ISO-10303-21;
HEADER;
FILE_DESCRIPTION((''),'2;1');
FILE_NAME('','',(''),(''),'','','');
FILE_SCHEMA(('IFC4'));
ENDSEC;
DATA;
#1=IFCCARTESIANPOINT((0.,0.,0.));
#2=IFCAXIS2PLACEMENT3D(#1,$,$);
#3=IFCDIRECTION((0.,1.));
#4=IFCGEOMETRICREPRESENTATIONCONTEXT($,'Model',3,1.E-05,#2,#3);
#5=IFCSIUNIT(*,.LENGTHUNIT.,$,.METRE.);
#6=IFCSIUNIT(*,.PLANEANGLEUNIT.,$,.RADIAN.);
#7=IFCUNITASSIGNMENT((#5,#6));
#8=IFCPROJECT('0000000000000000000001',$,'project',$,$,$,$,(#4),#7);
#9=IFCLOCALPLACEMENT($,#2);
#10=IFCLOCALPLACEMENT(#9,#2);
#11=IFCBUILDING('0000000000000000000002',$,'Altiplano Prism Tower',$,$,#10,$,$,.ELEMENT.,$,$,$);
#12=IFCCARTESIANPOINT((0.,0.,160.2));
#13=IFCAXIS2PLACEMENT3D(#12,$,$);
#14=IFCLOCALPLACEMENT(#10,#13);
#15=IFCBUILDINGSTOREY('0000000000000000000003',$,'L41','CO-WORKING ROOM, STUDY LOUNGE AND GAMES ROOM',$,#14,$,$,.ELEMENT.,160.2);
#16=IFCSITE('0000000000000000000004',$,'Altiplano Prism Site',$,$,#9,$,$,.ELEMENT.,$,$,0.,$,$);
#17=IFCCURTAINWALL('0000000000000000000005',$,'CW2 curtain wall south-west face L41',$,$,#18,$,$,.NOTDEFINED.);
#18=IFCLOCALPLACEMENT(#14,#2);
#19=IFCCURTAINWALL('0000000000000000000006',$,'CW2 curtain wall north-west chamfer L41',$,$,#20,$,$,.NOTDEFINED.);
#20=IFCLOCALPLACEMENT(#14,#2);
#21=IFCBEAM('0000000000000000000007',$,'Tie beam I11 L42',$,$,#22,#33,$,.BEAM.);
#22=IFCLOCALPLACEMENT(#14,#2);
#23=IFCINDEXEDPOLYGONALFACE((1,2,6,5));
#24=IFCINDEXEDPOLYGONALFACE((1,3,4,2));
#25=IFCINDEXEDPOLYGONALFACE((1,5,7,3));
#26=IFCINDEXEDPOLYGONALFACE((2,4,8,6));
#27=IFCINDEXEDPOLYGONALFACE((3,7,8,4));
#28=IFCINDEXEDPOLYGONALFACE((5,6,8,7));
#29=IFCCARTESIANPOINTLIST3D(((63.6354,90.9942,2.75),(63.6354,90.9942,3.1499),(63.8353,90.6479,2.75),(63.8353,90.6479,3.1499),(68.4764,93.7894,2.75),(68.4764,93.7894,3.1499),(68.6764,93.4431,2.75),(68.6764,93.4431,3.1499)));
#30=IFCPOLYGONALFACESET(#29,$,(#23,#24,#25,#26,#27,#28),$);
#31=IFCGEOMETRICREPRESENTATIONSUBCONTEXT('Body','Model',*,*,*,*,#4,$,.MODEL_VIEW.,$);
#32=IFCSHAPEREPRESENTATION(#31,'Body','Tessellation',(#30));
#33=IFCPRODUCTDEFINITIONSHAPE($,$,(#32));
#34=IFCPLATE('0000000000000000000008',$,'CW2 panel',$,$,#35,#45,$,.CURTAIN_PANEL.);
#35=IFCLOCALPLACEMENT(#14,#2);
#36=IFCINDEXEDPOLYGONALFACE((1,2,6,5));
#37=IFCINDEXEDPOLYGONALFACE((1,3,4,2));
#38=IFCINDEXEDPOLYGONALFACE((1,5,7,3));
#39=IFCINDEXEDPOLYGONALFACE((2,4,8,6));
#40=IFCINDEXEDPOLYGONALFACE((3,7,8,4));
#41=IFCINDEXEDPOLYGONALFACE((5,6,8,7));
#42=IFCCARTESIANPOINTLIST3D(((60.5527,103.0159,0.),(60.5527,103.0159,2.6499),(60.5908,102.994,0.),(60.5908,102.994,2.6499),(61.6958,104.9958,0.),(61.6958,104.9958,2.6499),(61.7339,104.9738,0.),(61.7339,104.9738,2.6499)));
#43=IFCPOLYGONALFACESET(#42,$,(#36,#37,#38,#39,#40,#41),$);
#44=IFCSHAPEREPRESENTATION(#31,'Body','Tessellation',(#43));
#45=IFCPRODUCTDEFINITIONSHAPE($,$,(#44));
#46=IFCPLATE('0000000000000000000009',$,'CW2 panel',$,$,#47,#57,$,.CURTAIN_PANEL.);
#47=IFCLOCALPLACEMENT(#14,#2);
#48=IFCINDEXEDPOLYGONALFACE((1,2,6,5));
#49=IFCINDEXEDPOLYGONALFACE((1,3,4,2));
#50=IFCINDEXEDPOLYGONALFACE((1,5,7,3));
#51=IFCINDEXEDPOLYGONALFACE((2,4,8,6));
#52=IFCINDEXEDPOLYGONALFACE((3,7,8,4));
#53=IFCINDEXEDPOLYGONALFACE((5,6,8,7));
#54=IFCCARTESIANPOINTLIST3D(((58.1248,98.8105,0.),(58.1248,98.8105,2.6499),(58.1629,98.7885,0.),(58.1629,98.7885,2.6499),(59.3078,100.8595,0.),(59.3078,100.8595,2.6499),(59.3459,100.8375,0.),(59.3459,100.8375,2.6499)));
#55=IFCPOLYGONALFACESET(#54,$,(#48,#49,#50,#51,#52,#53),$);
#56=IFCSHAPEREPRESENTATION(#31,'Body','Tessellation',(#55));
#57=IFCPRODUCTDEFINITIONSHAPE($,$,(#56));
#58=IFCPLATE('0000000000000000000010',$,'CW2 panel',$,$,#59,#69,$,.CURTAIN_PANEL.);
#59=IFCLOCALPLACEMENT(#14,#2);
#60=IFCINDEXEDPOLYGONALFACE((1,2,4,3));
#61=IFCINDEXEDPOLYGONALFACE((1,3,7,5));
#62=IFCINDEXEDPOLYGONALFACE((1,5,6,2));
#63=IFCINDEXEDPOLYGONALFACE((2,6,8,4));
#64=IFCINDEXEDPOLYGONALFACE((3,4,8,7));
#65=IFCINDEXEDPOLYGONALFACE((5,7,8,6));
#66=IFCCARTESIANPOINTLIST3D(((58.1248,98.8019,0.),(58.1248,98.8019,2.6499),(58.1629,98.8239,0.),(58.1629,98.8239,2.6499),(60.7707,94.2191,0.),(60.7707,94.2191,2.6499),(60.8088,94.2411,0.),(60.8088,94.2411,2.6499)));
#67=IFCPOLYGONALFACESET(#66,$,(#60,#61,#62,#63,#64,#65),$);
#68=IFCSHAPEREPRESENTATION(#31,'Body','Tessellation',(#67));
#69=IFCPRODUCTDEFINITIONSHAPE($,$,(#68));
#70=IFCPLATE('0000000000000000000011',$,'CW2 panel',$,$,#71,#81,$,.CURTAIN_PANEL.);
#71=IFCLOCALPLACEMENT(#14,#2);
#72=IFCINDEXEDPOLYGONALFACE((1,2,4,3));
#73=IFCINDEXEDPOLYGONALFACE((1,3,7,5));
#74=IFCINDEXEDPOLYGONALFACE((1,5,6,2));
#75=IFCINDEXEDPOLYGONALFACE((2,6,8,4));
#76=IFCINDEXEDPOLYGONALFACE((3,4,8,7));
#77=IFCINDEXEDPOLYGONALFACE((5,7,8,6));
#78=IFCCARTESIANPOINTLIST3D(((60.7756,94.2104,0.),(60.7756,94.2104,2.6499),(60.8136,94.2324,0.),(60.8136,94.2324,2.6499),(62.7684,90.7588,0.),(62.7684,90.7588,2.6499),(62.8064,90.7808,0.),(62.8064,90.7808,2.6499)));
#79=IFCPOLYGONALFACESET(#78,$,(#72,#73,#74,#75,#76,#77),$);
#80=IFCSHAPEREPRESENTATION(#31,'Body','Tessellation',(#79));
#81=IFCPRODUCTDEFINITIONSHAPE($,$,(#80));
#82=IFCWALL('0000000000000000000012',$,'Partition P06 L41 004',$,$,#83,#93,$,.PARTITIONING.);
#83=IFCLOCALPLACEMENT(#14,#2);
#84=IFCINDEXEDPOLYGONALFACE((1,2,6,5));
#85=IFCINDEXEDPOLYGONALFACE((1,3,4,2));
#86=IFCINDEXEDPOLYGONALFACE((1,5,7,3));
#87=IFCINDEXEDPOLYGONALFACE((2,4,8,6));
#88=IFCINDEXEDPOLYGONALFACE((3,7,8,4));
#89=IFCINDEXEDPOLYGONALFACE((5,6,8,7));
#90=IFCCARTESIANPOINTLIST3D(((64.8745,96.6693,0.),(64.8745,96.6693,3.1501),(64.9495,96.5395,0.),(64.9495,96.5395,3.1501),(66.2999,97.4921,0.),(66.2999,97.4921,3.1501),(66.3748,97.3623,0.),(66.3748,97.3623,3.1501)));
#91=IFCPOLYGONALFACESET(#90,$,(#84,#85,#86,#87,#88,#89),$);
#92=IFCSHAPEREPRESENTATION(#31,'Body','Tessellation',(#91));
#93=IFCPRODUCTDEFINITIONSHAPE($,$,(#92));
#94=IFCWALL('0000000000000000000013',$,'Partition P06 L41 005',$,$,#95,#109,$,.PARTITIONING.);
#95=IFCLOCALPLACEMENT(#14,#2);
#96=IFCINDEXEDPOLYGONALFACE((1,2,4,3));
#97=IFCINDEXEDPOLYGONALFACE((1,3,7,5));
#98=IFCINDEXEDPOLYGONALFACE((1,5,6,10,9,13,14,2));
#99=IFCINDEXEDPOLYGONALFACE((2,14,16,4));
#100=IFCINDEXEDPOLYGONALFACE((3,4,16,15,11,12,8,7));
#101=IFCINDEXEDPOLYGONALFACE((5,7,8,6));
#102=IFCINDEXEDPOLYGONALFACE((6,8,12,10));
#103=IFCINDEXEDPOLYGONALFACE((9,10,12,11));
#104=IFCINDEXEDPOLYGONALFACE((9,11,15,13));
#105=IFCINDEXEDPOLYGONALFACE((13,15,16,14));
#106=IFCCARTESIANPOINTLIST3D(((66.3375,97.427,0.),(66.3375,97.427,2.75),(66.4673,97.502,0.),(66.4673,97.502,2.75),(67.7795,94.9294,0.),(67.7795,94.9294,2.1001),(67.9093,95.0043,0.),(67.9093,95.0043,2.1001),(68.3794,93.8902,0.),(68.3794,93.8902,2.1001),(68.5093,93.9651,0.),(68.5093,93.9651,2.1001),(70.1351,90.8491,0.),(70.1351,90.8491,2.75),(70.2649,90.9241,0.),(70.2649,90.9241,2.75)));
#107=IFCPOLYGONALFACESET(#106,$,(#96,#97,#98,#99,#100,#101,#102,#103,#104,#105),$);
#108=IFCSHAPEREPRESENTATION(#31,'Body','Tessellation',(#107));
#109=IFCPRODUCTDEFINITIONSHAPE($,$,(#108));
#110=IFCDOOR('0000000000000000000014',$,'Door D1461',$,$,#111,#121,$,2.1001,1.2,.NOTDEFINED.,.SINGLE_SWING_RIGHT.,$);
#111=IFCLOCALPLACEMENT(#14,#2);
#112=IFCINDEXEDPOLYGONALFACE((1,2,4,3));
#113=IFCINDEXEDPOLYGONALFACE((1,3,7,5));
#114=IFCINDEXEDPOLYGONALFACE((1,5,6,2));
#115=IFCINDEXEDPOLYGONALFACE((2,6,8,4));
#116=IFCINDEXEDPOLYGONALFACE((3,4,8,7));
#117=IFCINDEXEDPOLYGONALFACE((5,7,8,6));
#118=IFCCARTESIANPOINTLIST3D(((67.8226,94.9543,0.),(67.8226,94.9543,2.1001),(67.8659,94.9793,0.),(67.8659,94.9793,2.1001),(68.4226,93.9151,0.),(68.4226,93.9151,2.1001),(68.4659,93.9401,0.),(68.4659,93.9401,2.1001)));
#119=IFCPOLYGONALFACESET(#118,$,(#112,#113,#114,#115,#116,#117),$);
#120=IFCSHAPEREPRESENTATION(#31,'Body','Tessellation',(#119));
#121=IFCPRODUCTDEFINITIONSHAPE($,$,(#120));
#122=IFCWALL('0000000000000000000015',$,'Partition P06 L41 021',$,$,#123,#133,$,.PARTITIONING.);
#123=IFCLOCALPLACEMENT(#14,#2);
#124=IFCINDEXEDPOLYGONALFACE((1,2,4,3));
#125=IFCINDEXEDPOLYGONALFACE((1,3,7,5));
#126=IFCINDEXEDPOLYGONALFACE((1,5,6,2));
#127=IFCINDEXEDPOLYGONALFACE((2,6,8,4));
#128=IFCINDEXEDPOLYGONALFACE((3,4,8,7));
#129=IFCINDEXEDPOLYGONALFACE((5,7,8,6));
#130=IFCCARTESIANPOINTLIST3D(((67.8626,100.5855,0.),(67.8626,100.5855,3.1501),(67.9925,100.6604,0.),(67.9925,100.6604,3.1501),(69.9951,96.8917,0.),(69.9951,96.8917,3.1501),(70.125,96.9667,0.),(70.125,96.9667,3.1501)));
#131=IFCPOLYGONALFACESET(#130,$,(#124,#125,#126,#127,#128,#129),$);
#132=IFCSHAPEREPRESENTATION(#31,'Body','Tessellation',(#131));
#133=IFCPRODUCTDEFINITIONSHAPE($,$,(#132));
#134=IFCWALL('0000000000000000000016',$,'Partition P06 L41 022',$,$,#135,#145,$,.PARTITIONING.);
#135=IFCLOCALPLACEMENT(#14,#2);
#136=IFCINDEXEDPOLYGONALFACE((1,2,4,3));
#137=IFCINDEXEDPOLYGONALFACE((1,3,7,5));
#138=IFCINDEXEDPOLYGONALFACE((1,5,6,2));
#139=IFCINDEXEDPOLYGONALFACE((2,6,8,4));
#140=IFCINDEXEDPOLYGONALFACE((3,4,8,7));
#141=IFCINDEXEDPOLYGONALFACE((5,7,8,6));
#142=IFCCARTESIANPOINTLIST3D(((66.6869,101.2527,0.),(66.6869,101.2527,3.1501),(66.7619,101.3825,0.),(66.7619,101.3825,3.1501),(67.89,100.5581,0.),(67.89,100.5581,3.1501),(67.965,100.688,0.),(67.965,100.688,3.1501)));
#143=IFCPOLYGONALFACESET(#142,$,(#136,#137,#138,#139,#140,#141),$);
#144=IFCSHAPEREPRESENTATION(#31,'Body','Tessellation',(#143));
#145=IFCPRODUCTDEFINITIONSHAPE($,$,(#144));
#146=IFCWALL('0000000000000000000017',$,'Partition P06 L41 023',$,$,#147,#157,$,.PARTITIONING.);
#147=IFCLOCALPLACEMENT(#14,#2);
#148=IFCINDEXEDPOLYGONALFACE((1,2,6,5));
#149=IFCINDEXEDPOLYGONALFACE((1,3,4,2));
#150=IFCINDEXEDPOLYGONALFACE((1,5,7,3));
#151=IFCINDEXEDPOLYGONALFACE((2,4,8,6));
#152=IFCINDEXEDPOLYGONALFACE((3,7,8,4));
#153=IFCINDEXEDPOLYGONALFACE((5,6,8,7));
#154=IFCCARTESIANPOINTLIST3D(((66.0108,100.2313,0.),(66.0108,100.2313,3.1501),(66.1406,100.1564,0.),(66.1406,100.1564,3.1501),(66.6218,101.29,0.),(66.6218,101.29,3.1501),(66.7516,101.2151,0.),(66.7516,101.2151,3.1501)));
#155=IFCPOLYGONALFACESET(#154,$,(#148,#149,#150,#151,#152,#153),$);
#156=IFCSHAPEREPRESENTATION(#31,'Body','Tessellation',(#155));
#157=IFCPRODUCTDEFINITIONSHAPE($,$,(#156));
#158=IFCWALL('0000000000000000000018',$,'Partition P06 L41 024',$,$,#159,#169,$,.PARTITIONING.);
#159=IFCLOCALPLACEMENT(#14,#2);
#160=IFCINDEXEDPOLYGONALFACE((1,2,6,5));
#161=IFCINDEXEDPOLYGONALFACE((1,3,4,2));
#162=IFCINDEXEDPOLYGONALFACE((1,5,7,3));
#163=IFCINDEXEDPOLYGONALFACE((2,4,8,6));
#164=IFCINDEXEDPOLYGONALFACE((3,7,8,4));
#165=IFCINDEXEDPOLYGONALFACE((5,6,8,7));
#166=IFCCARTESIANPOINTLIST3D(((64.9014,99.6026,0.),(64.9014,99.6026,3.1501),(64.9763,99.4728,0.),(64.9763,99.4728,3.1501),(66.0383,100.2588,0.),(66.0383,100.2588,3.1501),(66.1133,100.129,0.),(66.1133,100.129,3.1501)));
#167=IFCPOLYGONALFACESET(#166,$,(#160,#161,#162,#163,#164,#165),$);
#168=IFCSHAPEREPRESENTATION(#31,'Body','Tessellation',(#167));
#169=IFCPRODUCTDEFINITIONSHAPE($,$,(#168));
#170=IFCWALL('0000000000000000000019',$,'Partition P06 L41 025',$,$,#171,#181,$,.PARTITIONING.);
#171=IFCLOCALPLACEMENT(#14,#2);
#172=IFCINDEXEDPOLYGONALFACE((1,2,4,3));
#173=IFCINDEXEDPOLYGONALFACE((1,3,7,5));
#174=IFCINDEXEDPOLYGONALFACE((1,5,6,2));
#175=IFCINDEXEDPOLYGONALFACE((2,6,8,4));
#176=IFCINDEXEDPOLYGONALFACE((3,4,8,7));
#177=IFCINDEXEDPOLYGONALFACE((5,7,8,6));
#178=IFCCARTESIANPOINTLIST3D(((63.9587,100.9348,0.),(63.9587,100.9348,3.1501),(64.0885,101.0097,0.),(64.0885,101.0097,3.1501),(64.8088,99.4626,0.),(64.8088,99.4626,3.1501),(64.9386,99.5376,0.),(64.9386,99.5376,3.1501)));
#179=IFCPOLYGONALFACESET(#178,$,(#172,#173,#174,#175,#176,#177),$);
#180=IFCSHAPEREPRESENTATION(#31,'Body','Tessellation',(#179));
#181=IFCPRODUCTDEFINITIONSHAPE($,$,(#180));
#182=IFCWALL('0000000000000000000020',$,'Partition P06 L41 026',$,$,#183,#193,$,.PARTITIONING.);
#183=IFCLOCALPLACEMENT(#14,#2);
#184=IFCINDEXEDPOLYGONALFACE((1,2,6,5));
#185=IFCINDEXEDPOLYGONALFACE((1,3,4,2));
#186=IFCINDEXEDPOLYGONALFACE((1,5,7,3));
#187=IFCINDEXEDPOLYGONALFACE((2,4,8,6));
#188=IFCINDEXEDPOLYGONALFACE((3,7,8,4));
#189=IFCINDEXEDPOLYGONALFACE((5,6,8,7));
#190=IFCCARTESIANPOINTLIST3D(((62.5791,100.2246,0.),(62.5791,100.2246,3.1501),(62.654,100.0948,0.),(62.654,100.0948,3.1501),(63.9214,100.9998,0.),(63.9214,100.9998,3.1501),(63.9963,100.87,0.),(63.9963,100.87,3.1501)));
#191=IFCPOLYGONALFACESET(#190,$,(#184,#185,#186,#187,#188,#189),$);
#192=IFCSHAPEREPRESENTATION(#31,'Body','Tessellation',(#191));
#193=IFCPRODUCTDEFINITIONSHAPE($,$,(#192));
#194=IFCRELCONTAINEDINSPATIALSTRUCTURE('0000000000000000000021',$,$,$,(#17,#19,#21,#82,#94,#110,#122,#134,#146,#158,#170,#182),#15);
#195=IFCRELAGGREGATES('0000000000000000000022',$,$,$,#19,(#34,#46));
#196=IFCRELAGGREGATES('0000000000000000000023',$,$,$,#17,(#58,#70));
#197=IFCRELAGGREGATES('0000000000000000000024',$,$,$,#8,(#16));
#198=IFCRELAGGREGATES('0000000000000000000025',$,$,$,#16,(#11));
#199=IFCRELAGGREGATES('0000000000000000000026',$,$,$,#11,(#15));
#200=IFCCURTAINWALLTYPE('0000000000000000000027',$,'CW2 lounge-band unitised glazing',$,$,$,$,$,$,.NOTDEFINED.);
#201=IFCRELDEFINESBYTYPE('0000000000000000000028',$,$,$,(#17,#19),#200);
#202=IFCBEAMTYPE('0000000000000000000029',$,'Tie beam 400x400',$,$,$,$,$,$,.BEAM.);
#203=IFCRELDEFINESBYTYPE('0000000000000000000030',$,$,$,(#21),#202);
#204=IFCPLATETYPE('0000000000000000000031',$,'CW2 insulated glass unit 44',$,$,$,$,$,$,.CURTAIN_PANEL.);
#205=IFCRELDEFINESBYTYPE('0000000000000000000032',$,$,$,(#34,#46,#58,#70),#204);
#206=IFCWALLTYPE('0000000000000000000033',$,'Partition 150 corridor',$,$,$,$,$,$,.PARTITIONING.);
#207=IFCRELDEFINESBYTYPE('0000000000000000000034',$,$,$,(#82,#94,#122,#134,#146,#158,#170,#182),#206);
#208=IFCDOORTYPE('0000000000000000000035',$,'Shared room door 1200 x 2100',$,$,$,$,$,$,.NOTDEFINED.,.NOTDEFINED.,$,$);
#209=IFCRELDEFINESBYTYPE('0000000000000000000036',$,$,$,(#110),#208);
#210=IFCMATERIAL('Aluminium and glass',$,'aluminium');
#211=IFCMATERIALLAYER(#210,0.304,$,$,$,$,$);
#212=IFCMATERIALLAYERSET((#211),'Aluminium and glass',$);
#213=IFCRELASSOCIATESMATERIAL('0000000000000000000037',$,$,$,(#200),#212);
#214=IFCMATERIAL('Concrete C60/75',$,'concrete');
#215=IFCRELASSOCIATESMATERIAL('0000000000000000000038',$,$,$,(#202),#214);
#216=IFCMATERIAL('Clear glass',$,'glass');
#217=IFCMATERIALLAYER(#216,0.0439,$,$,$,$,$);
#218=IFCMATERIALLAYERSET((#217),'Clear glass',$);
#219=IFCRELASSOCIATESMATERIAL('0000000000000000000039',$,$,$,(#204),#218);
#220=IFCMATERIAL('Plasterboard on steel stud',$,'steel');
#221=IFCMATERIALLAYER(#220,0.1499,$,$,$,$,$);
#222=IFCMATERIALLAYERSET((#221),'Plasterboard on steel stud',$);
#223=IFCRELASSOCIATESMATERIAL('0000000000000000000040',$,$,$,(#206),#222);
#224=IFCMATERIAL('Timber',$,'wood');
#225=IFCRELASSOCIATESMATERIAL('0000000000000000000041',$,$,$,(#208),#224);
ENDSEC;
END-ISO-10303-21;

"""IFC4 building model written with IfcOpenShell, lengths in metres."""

from ifc_helpers import new_model, si_unit, direction, frame, frame_2d, origin, origin_2d, place, context, subcontext, project, spatial, rectangle, extrude, material, layer, layer_set, material_profile, profile_set, type_object, element, fill, aggregate, save


model = new_model("IFC4")

# Units and contexts
model_context = context("Model", 3, precision=1e-05, world=origin(), true_north=direction((0.0, 1.0)))
body_context = subcontext(model_context, "Body", "Model", "MODEL_VIEW")
ifc_project = project(units=[si_unit("LENGTHUNIT", "METRE"), si_unit("PLANEANGLEUNIT", "RADIAN")], contexts=[model_context])

# Site, building, storey
site_placement = place(None, origin())
site = spatial("IfcSite", under=ifc_project, at=site_placement, Name="Altiplano Prism Site", CompositionType="ELEMENT", RefElevation=0.0)
building_placement = place(site_placement, origin())
building = spatial("IfcBuilding", under=site, at=building_placement, Name="Altiplano Prism Tower", CompositionType="ELEMENT")
storey_placement = place(building_placement, frame((0.0, 0.0, 160.2)))
storey = spatial("IfcBuildingStorey", under=building, at=storey_placement, Name="L41", Description="CO-WORKING ROOM, STUDY LOUNGE AND GAMES ROOM", CompositionType="ELEMENT", Elevation=160.2)

# Shared definitions
ifc_material_1 = material(Name="Concrete C60/75", Category="concrete")

# Curtain wall
ifc_material_2 = material(Name="Aluminium and glass", Category="aluminium")
ifc_layer_1 = layer(ifc_material_2, 0.304)
ifc_layer_set_1 = layer_set([ifc_layer_1], Name="Aluminium and glass")
curtain_wall_type = type_object("IfcCurtainWallType", Name="CW2 lounge-band unitised glazing", PredefinedType="NOTDEFINED", material=ifc_layer_set_1)
curtain_wall_1_placement = place(storey_placement, origin())
curtain_wall_1 = element("IfcCurtainWall", 1, at=curtain_wall_1_placement, inside=storey, type_object=curtain_wall_type, Name="CW2 curtain wall south-west face L41", PredefinedType="NOTDEFINED")

# Curtain wall
curtain_wall_2_placement = place(storey_placement, origin())
curtain_wall_2 = element("IfcCurtainWall", 2, at=curtain_wall_2_placement, inside=storey, type_object=curtain_wall_type, Name="CW2 curtain wall north-west chamfer L41", PredefinedType="NOTDEFINED")

# Beam
ifc_material_profile_1 = material_profile(ifc_material_1, rectangle(XDim=0.3999, YDim=0.3999, at=origin_2d()), Name="Tie beam 400x400")
ifc_profile_set_1 = profile_set([ifc_material_profile_1], Name="Concrete C60/75")
beam_type_1 = type_object("IfcBeamType", Name="Tie beam 400x400", PredefinedType="BEAM", material=ifc_profile_set_1)
beam_1_placement = place(storey_placement, frame((68.5764, 93.6162, 2.95), z_axis=(-0.866012, -0.500024, 0.0), x_axis=(0.500024, -0.866012, 0.0)))
element("IfcBeam", 3, at=beam_1_placement, inside=storey, type_object=beam_type_1, Name="Tie beam I11 L42", PredefinedType="BEAM", context=body_context, shape_type="SweptSolid", body=[
    extrude(rectangle(XDim=0.3999, YDim=0.3999, at=origin_2d()), origin(), (0.0, 0.0, 1.0), 5.5901),
])

# Plates
ifc_material_3 = material(Name="Clear glass", Category="glass")
ifc_layer_2 = layer(ifc_material_3, 0.0439)
ifc_layer_set_2 = layer_set([ifc_layer_2], Name="Clear glass")
plate_type = type_object("IfcPlateType", Name="CW2 insulated glass unit 44", PredefinedType="CURTAIN_PANEL", material=ifc_layer_set_2)
plate_1_placement = place(storey_placement, frame((61.1433, 103.9949, 0.0), z_axis=(0.0, 0.0, 1.0), x_axis=(-0.5, -0.866025, 0.0)))
plate_1 = element("IfcPlate", 4, at=plate_1_placement, type_object=plate_type, Name="CW2 panel", PredefinedType="CURTAIN_PANEL", context=body_context, shape_type="SweptSolid", body=[
    extrude(rectangle(XDim=2.2861, YDim=0.0439, at=origin_2d()), origin(), (0.0, 0.0, 1.0), 2.6499),
])
plate_2_placement = place(storey_placement, frame((58.7354, 99.824, 0.0), z_axis=(0.0, 0.0, 1.0), x_axis=(-0.5, -0.866025, 0.0)))
plate_2 = element("IfcPlate", 5, at=plate_2_placement, type_object=plate_type, Name="CW2 panel", PredefinedType="CURTAIN_PANEL", context=body_context, shape_type="SweptSolid", body=[
    extrude(rectangle(XDim=2.366, YDim=0.0439, at=origin_2d()), origin(), (0.0, 0.0, 1.0), 2.6499),
])
aggregate(curtain_wall_2, [plate_1, plate_2])
plate_3_placement = place(storey_placement, frame((59.4668, 96.5215, 0.0), z_axis=(0.0, 0.0, 1.0), x_axis=(0.5, -0.866025, 0.0)))
plate_3 = element("IfcPlate", 6, at=plate_3_placement, type_object=plate_type, Name="CW2 panel", PredefinedType="CURTAIN_PANEL", context=body_context, shape_type="SweptSolid", body=[
    extrude(rectangle(XDim=5.2917, YDim=0.0439, at=origin_2d()), origin(), (0.0, 0.0, 1.0), 2.6499),
])
plate_4_placement = place(storey_placement, frame((61.791, 92.4956, 0.0), z_axis=(0.0, 0.0, 1.0), x_axis=(0.5, -0.866025, 0.0)))
plate_4 = element("IfcPlate", 7, at=plate_4_placement, type_object=plate_type, Name="CW2 panel", PredefinedType="CURTAIN_PANEL", context=body_context, shape_type="SweptSolid", body=[
    extrude(rectangle(XDim=3.9856, YDim=0.0439, at=origin_2d()), origin(), (0.0, 0.0, 1.0), 2.6499),
])
aggregate(curtain_wall_1, [plate_3, plate_4])

# Wall
ifc_material_4 = material(Name="Plasterboard on steel stud", Category="steel")
ifc_layer_3 = layer(ifc_material_4, 0.1499)
ifc_layer_set_3 = layer_set([ifc_layer_3], Name="Plasterboard on steel stud")
wall_type_1 = type_object("IfcWallType", Name="Partition 150 corridor", PredefinedType="PARTITIONING", material=ifc_layer_set_3)
wall_1_placement = place(storey_placement, frame((64.9121, 96.6045, 0.0), z_axis=(0.0, 0.0, 1.0), x_axis=(0.866062, 0.499936, 0.0)))
element("IfcWall", 8, at=wall_1_placement, inside=storey, type_object=wall_type_1, Name="Partition P06 L41 004", PredefinedType="PARTITIONING", context=body_context, shape_type="SweptSolid", body=[
    extrude(rectangle(XDim=1.6458, YDim=0.1499, at=frame_2d((0.8228, 0.0))), origin(), (0.0, 0.0, 1.0), 3.1501),
])

# Wall, opening, door
wall_2_placement = place(storey_placement, frame((66.4023, 97.4646, 0.0), z_axis=(0.0, 0.0, 1.0), x_axis=(0.499987, -0.866033, 0.0)))
wall_2 = element("IfcWall", 9, at=wall_2_placement, inside=storey, type_object=wall_type_1, Name="Partition P06 L41 005", PredefinedType="PARTITIONING", context=body_context, shape_type="SweptSolid", body=[
    extrude(rectangle(XDim=7.5955, YDim=0.1499, at=frame_2d((3.7979, 0.0))), origin(), (0.0, 0.0, 1.0), 2.75),
])
opening_placement = place(wall_2_placement, frame((2.884, 0.0, 0.0)))
opening = element("IfcOpeningElement", 10, at=opening_placement, cuts=wall_2, PredefinedType="OPENING", context=body_context, shape_type="SweptSolid", body=[
    extrude(rectangle(XDim=1.2, YDim=2.1001, at=frame_2d((0.6001, 1.05))), frame((0.0, 0.0854, 0.0), z_axis=(0.0, -1.0, 0.0), x_axis=(1.0, 0.0, 0.0)), (0.0, 0.0, 1.0), 0.1709),
])
ifc_material_5 = material(Name="Timber", Category="wood")
door_type = type_object("IfcDoorType", Name="Shared room door 1200 x 2100", OperationType="NOTDEFINED", PredefinedType="NOTDEFINED", material=ifc_material_5)
door_placement = place(opening_placement, origin())
door = element("IfcDoor", 11, at=door_placement, inside=storey, type_object=door_type, Name="Door D1461", OperationType="SINGLE_SWING_RIGHT", OverallHeight=2.1001, OverallWidth=1.2, PredefinedType="NOTDEFINED", context=body_context, shape_type="SweptSolid", body=[
    extrude(rectangle(XDim=1.2, YDim=2.1001, at=frame_2d((0.6001, 1.05))), frame((0.0, 0.0249, 0.0), z_axis=(0.0, -1.0, 0.0), x_axis=(1.0, 0.0, 0.0)), (0.0, 0.0, 1.0), 0.05),
])
fill(opening, door)

# Walls
wall_3_placement = place(storey_placement, frame((70.0601, 96.9292, 0.0), z_axis=(0.0, 0.0, 1.0), x_axis=(-0.499987, 0.866033, 0.0)))
element("IfcWall", 12, at=wall_3_placement, inside=storey, type_object=wall_type_1, Name="Partition P06 L41 021", PredefinedType="PARTITIONING", context=body_context, shape_type="SweptSolid", body=[
    extrude(rectangle(XDim=4.2651, YDim=0.1499, at=frame_2d((2.1326, 0.0))), origin(), (0.0, 0.0, 1.0), 3.1501),
])
wall_4_placement = place(storey_placement, frame((67.9275, 100.623, 0.0), z_axis=(0.0, 0.0, 1.0), x_axis=(-0.866039, 0.499976, 0.0)))
element("IfcWall", 13, at=wall_4_placement, inside=storey, type_object=wall_type_1, Name="Partition P06 L41 022", PredefinedType="PARTITIONING", context=body_context, shape_type="SweptSolid", body=[
    extrude(rectangle(XDim=1.3892, YDim=0.1499, at=frame_2d((0.6946, 0.0))), origin(), (0.0, 0.0, 1.0), 3.1501),
])
wall_5_placement = place(storey_placement, frame((66.6868, 101.2527, 0.0), z_axis=(0.0, 0.0, 1.0), x_axis=(-0.499855, -0.866109, 0.0)))
element("IfcWall", 14, at=wall_5_placement, inside=storey, type_object=wall_type_1, Name="Partition P06 L41 023", PredefinedType="PARTITIONING", context=body_context, shape_type="SweptSolid", body=[
    extrude(rectangle(XDim=1.2224, YDim=0.1499, at=frame_2d((0.6113, 0.0))), origin(), (0.0, 0.0, 1.0), 3.1501),
])
wall_6_placement = place(storey_placement, frame((66.0757, 100.1938, 0.0), z_axis=(0.0, 0.0, 1.0), x_axis=(-0.866083, -0.4999, 0.0)))
element("IfcWall", 15, at=wall_6_placement, inside=storey, type_object=wall_type_1, Name="Partition P06 L41 024", PredefinedType="PARTITIONING", context=body_context, shape_type="SweptSolid", body=[
    extrude(rectangle(XDim=1.3127, YDim=0.1499, at=frame_2d((0.6562, 0.0))), origin(), (0.0, 0.0, 1.0), 3.1501),
])
wall_7_placement = place(storey_placement, frame((64.8738, 99.5, 0.0), z_axis=(0.0, 0.0, 1.0), x_axis=(-0.500062, 0.865989, 0.0)))
element("IfcWall", 16, at=wall_7_placement, inside=storey, type_object=wall_type_1, Name="Partition P06 L41 025", PredefinedType="PARTITIONING", context=body_context, shape_type="SweptSolid", body=[
    extrude(rectangle(XDim=1.7, YDim=0.1499, at=frame_2d((0.8501, 0.0))), origin(), (0.0, 0.0, 1.0), 3.1501),
])
wall_8_placement = place(storey_placement, frame((63.9587, 100.9348, 0.0), z_axis=(0.0, 0.0, 1.0), x_axis=(-0.865976, -0.500086, 0.0)))
element("IfcWall", 17, at=wall_8_placement, inside=storey, type_object=wall_type_1, Name="Partition P06 L41 026", PredefinedType="PARTITIONING", context=body_context, shape_type="SweptSolid", body=[
    extrude(rectangle(XDim=1.55, YDim=0.1499, at=frame_2d((0.7749, 0.0))), origin(), (0.0, 0.0, 1.0), 3.1501),
])

save(model, "model.ifc")
